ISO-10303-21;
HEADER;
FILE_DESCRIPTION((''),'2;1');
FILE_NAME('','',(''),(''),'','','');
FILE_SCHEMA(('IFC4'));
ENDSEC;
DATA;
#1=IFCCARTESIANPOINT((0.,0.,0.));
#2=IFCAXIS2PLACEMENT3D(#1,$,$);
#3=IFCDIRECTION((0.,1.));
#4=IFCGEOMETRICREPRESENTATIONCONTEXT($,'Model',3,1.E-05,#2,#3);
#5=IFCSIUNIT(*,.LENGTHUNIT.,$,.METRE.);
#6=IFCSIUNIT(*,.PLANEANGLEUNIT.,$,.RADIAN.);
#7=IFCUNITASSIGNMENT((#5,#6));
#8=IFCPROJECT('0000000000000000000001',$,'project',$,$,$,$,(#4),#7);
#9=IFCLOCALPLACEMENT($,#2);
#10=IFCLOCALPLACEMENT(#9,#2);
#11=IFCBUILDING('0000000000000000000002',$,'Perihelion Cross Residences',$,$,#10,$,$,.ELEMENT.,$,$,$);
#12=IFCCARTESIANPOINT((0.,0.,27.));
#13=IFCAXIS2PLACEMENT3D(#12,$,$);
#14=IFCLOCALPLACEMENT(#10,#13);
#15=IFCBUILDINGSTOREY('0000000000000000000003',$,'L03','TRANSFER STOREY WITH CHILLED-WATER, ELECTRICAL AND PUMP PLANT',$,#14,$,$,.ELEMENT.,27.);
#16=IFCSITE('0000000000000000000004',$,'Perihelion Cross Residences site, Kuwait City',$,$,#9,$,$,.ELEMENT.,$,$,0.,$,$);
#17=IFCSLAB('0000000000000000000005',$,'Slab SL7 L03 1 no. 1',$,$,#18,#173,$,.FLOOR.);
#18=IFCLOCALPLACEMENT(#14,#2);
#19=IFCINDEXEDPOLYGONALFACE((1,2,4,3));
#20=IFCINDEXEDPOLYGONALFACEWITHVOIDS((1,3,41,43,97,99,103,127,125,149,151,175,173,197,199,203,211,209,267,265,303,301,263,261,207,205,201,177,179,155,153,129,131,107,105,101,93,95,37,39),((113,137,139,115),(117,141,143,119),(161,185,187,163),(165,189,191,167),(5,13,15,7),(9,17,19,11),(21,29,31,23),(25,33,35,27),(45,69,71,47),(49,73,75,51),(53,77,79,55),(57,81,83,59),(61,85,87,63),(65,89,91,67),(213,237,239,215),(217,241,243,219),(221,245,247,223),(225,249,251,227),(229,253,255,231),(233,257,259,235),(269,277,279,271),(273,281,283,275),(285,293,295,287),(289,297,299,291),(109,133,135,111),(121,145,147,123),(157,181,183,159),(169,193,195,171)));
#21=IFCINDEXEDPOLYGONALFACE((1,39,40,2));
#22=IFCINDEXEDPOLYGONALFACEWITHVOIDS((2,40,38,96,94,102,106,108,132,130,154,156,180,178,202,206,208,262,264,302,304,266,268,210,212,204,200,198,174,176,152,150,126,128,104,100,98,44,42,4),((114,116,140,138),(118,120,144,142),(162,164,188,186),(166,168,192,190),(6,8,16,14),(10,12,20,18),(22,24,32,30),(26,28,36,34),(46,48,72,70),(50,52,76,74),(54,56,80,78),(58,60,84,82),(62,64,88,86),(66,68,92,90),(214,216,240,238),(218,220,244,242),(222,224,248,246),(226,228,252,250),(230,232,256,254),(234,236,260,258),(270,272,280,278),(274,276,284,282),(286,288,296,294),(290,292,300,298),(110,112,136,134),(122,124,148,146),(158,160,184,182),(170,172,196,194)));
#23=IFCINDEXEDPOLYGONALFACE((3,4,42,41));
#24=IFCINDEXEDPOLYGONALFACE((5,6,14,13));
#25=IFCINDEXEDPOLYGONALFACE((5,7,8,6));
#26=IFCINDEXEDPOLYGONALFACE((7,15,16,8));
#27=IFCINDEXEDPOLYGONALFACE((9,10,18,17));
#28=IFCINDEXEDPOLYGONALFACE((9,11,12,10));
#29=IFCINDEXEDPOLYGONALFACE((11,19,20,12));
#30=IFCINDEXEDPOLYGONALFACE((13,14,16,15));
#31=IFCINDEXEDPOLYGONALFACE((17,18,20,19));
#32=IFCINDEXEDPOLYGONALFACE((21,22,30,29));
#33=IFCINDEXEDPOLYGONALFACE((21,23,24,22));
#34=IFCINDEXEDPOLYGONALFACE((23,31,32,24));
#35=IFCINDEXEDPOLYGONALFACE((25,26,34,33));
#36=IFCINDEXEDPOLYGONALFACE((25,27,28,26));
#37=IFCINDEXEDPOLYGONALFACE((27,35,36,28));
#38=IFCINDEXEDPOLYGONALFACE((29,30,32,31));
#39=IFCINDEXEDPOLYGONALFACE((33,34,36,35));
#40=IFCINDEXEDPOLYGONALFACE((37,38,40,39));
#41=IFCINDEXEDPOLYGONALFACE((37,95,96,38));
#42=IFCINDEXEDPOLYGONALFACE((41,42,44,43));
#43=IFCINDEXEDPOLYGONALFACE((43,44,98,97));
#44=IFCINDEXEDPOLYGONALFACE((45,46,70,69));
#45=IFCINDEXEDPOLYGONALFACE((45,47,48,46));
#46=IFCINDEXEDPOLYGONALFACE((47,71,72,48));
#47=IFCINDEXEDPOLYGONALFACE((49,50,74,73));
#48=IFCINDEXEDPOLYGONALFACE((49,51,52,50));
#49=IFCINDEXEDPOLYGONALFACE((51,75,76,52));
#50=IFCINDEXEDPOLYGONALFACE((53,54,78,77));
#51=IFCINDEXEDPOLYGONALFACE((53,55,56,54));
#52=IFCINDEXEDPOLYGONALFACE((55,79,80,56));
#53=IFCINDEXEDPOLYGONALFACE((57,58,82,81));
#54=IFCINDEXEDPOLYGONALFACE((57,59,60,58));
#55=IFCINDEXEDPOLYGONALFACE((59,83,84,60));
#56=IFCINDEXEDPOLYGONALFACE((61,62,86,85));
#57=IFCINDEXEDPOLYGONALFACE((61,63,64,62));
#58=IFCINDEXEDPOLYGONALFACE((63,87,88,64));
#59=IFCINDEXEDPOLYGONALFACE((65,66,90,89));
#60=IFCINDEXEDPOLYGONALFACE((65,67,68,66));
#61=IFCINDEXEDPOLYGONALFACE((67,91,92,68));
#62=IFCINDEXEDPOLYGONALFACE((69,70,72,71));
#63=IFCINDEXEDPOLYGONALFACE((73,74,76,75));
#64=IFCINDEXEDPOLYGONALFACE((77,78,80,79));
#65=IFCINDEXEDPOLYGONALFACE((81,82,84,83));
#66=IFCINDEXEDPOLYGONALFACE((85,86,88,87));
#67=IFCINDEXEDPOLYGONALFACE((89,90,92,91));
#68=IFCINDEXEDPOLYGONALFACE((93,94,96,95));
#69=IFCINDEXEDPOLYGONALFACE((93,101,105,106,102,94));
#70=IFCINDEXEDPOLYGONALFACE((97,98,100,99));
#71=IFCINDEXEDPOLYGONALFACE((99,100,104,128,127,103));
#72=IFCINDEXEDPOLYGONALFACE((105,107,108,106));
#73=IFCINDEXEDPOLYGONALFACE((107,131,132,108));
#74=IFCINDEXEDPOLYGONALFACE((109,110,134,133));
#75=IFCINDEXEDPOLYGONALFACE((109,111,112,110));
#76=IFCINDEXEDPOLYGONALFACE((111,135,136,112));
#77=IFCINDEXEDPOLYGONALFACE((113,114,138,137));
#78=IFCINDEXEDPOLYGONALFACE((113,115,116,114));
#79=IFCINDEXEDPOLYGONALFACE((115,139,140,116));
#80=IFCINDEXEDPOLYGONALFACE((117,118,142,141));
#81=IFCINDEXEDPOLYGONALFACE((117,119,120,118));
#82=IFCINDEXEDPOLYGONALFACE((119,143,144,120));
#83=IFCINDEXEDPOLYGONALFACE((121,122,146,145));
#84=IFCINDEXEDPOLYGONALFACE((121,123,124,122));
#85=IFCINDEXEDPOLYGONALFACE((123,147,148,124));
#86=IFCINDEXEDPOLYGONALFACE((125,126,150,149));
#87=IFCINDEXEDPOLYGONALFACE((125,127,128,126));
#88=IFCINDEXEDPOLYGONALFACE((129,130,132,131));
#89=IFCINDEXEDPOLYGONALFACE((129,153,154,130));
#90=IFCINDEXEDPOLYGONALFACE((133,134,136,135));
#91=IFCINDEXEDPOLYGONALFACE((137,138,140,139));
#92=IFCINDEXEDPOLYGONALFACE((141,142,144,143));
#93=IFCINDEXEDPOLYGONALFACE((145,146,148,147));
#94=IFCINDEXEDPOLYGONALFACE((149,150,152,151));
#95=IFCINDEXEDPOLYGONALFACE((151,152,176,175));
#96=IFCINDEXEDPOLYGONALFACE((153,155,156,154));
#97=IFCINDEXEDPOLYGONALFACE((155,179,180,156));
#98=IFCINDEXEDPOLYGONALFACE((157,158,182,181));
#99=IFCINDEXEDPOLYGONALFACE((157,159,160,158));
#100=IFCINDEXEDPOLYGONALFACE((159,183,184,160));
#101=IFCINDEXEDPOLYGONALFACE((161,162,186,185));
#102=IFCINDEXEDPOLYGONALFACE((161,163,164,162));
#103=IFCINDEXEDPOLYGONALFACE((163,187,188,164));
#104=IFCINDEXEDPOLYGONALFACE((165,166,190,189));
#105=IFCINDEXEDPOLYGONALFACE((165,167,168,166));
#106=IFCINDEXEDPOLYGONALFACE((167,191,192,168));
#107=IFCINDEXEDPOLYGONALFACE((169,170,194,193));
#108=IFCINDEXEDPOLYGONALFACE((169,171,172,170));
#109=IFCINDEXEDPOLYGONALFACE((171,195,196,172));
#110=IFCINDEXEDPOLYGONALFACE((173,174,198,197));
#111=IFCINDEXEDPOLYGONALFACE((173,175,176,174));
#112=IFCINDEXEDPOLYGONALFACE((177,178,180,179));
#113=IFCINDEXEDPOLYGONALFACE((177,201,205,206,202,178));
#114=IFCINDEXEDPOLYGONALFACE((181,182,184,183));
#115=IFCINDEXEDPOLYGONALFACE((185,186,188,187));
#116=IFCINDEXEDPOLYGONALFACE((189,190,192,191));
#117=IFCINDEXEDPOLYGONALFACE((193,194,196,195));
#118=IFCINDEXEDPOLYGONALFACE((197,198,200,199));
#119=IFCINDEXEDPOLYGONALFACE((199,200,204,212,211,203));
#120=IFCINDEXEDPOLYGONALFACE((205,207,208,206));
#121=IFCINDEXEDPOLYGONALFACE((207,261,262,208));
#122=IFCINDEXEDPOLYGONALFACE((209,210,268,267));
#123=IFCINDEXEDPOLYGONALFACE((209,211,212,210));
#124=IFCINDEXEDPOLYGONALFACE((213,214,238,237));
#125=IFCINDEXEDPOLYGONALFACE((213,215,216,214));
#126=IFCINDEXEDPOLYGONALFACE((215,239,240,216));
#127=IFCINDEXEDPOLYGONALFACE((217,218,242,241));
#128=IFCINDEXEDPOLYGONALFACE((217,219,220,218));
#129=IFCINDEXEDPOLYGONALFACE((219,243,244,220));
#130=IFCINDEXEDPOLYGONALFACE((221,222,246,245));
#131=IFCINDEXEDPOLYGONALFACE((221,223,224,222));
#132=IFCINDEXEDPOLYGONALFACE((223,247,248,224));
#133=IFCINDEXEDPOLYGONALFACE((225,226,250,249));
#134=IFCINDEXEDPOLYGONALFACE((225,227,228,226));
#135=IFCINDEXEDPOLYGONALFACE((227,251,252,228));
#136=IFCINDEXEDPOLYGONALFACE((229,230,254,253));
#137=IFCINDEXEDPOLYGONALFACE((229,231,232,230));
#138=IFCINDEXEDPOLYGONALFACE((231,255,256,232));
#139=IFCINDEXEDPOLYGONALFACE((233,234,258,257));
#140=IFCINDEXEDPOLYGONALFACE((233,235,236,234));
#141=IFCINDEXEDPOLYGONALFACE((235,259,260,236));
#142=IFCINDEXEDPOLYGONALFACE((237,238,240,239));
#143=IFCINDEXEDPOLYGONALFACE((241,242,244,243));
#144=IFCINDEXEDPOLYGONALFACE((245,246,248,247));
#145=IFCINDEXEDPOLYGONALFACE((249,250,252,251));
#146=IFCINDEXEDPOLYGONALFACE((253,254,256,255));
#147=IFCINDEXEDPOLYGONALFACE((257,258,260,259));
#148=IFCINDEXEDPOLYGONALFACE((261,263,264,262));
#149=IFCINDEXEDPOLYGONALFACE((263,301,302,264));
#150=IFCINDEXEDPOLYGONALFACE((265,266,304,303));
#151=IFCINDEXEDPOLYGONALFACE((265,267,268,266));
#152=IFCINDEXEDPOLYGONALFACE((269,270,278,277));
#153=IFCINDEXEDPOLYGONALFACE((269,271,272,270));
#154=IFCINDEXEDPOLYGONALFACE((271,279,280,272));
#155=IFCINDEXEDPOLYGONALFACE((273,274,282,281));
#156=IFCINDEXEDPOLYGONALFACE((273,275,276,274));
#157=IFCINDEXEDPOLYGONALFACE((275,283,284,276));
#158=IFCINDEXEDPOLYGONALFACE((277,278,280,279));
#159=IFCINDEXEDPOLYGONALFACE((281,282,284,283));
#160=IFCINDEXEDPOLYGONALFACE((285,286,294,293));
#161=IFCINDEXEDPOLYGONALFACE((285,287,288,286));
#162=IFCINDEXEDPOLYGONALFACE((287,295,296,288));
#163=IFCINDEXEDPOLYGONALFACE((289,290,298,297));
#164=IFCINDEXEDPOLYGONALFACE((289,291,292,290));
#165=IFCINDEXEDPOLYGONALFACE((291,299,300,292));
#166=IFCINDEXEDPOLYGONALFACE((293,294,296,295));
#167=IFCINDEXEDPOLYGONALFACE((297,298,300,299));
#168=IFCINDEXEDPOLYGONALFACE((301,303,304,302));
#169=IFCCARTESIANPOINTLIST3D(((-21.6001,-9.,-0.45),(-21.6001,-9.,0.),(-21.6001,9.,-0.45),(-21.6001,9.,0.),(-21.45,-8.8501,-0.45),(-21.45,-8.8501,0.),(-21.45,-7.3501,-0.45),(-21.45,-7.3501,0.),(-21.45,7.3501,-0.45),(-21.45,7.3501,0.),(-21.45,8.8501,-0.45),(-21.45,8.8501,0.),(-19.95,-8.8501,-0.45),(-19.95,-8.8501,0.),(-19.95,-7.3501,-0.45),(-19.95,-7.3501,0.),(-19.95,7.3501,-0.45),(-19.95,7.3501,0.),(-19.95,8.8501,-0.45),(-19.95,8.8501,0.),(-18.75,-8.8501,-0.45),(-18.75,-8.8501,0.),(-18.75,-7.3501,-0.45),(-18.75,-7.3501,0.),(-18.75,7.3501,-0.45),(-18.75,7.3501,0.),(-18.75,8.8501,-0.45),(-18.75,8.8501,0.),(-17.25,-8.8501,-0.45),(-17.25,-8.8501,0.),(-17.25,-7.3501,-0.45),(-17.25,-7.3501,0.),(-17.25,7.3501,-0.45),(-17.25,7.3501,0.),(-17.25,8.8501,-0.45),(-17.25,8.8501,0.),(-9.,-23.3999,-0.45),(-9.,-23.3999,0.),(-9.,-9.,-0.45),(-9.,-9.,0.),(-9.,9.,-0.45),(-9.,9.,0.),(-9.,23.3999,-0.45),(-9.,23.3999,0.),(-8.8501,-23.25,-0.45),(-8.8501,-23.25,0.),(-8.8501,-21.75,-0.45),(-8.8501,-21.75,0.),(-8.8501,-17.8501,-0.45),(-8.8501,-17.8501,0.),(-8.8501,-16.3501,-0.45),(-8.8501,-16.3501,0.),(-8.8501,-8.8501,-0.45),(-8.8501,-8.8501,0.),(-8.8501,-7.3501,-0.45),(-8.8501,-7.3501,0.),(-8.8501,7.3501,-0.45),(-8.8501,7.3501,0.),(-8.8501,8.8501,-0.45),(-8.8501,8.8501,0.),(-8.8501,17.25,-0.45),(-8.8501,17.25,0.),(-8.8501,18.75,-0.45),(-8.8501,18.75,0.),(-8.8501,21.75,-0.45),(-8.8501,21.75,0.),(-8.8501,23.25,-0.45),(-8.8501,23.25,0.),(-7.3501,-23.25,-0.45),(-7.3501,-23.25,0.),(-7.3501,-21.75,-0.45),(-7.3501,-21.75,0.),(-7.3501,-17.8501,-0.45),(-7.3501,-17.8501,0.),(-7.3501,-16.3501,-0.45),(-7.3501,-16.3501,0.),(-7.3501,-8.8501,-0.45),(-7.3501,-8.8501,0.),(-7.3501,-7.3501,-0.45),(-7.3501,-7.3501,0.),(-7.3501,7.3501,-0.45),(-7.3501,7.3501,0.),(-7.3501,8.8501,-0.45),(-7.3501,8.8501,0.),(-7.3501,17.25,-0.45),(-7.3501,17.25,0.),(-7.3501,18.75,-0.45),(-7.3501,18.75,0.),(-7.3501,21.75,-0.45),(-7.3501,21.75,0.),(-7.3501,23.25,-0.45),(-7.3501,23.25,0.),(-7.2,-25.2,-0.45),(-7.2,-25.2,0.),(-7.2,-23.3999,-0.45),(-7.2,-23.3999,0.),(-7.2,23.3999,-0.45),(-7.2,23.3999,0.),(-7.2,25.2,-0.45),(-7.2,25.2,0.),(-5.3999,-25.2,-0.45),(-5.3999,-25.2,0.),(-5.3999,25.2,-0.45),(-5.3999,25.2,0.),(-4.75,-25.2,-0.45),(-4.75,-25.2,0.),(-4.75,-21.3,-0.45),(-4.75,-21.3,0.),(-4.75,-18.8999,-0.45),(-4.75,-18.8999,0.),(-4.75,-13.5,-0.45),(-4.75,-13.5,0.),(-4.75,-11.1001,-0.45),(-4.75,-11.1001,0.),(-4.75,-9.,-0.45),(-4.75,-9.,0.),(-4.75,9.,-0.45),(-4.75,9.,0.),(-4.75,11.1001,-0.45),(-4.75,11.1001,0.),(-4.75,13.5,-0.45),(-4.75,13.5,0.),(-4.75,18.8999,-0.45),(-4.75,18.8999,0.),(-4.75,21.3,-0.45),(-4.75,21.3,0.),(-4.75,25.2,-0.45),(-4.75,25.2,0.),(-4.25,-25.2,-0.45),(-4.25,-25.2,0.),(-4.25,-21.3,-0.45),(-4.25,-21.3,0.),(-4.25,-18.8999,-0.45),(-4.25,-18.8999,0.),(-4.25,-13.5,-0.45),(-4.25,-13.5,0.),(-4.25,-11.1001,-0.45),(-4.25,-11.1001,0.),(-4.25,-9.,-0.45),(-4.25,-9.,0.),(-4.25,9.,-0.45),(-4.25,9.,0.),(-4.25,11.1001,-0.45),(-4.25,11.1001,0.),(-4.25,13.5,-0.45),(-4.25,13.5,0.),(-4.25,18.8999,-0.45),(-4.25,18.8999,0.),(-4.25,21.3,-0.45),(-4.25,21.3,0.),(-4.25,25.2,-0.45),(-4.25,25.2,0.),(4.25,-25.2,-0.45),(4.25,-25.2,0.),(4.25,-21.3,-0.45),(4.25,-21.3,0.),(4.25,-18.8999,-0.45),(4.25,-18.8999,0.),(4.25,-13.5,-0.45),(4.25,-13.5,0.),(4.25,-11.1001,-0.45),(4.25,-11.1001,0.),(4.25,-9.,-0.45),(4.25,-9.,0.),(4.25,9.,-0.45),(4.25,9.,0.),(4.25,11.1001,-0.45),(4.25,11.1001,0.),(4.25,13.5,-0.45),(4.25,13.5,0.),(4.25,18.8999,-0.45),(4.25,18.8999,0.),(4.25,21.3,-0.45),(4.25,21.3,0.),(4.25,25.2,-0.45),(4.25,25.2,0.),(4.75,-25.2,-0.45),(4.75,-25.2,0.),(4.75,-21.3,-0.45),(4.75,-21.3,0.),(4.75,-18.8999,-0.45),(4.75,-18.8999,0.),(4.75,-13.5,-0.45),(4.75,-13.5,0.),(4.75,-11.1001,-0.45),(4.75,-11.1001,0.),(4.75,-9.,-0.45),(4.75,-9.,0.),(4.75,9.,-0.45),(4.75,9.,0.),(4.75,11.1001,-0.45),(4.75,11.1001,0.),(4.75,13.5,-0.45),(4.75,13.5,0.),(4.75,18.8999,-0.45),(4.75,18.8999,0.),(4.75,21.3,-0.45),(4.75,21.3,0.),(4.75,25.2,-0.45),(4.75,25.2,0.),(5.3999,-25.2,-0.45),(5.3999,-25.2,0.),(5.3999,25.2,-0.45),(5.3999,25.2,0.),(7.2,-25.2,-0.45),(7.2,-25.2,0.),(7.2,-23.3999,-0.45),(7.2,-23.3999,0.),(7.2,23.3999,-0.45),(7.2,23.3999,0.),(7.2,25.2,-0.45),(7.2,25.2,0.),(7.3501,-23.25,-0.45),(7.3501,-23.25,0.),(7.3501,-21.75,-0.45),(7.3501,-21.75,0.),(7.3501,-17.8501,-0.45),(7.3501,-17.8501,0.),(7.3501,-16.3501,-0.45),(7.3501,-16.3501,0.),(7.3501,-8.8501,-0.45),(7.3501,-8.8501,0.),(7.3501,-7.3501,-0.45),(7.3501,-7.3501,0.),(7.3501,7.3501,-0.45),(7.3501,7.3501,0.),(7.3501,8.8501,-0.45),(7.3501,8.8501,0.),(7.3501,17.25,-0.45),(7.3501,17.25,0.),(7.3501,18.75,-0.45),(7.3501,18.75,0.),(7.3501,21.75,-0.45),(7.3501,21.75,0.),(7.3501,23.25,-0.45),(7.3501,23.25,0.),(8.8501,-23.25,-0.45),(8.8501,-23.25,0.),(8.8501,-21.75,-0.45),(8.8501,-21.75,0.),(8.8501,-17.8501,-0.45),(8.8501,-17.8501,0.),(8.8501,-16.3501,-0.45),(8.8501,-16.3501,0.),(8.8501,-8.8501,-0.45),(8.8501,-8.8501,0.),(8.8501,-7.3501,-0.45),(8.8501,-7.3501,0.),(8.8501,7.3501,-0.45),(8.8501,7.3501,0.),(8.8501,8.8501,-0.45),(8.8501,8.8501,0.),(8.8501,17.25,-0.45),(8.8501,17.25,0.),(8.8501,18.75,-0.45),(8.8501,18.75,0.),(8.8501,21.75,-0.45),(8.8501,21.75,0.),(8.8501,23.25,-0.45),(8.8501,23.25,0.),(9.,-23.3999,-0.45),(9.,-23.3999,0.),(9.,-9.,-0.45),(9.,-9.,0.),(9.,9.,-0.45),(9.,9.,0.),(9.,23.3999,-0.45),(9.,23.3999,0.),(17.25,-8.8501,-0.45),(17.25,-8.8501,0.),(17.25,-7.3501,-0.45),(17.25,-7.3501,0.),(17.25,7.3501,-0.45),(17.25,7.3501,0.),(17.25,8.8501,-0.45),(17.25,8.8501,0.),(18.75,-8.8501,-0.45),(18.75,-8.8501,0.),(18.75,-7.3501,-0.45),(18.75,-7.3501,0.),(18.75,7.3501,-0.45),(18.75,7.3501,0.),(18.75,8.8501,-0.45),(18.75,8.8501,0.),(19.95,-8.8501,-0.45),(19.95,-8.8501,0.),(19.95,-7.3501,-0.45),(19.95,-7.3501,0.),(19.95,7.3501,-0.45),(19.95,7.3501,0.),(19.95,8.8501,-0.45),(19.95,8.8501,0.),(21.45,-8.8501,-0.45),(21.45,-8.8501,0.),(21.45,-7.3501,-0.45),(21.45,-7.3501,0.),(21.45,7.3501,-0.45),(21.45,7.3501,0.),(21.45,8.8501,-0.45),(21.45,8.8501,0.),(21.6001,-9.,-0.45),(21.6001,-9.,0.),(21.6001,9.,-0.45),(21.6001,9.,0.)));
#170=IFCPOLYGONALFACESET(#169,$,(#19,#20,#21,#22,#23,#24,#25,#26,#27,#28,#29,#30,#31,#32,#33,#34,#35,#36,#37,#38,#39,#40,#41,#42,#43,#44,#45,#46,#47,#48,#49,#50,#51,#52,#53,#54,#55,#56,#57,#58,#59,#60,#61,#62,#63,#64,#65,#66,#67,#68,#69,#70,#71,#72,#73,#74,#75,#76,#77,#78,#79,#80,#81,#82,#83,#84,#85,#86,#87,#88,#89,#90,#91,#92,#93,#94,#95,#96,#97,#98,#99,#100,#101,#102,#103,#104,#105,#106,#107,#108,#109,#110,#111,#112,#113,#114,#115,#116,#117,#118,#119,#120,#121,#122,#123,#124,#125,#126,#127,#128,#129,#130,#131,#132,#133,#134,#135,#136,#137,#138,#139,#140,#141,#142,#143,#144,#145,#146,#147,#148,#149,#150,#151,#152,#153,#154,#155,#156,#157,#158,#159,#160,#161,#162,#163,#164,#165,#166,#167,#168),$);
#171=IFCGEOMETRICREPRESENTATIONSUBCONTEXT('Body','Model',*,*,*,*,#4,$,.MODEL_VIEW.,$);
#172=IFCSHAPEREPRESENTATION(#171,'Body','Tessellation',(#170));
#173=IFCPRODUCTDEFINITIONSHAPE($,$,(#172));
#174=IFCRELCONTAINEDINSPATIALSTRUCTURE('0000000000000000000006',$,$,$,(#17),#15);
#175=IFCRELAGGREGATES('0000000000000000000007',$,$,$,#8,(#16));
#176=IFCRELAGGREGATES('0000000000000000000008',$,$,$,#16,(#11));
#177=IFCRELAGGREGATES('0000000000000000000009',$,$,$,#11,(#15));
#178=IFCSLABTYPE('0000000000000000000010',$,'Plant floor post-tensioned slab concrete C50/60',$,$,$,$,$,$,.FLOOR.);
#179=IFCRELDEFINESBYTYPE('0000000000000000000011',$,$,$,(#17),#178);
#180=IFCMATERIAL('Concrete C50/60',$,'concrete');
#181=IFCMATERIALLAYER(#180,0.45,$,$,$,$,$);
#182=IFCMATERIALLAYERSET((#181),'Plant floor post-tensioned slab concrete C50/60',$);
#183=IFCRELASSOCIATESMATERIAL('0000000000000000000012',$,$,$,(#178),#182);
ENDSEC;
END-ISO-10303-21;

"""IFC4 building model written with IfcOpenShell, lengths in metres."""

from ifc_helpers import new_model, si_unit, direction, frame, origin, place, context, subcontext, project, spatial, polyline, outline, extrude, material, layer, layer_set, type_object, element, save


model = new_model("IFC4")

# Units and contexts
model_context = context("Model", 3, precision=1e-05, world=origin(), true_north=direction((0.0, 1.0)))
body_context = subcontext(model_context, "Body", "Model", "MODEL_VIEW")
ifc_project = project(units=[si_unit("LENGTHUNIT", "METRE"), si_unit("PLANEANGLEUNIT", "RADIAN")], contexts=[model_context])

# Site, building, storey
site_placement = place(None, origin())
site = spatial("IfcSite", under=ifc_project, at=site_placement, Name="Perihelion Cross Residences site, Kuwait City", CompositionType="ELEMENT", RefElevation=0.0)
building_placement = place(site_placement, origin())
building = spatial("IfcBuilding", under=site, at=building_placement, Name="Perihelion Cross Residences", CompositionType="ELEMENT")
storey_placement = place(building_placement, frame((0.0, 0.0, 27.0)))
storey = spatial("IfcBuildingStorey", under=building, at=storey_placement, Name="L03", Description="TRANSFER STOREY WITH CHILLED-WATER, ELECTRICAL AND PUMP PLANT", CompositionType="ELEMENT", Elevation=27.0)

# Slab
ifc_material_1 = material(Name="Concrete C50/60", Category="concrete")
ifc_layer_1 = layer(ifc_material_1, 0.45)
ifc_layer_set_1 = layer_set([ifc_layer_1], Name="Plant floor post-tensioned slab concrete C50/60")
slab_type_1 = type_object("IfcSlabType", Name="Plant floor post-tensioned slab concrete C50/60", PredefinedType="FLOOR", material=ifc_layer_set_1)
slab_1_placement = place(storey_placement, frame((0.0, 0.0, -0.45)))
element("IfcSlab", 1, at=slab_1_placement, inside=storey, type_object=slab_type_1, Name="Slab SL7 L03 1 no. 1", PredefinedType="FLOOR", context=body_context, shape_type="SweptSolid", body=[
    extrude(outline(polyline([(7.2, 23.3999), (9.0, 23.3999), (9.0, 9.0), (21.6001, 9.0), (21.6001, -9.0), (9.0, -9.0), (9.0, -23.3999), (7.2, -23.3999), (7.2, -25.2), (5.3999, -25.2), (4.75, -25.2), (4.75, -21.3), (4.25, -21.3), (4.25, -25.2), (-4.25, -25.2), (-4.25, -21.3), (-4.75, -21.3), (-4.75, -25.2), (-5.3999, -25.2), (-7.2, -25.2), (-7.2, -23.3999), (-9.0, -23.3999), (-9.0, -9.0), (-21.6001, -9.0), (-21.6001, 9.0), (-9.0, 9.0), (-9.0, 23.3999), (-7.2, 23.3999), (-7.2, 25.2), (-5.3999, 25.2), (-4.75, 25.2), (-4.75, 21.3), (-4.25, 21.3), (-4.25, 25.2), (4.25, 25.2), (4.25, 21.3), (4.75, 21.3), (4.75, 25.2), (5.3999, 25.2), (7.2, 25.2), (7.2, 23.3999)]), holes=[polyline([(-7.3501, -23.25), (-7.3501, -21.75), (-8.8501, -21.75), (-8.8501, -23.25), (-7.3501, -23.25)]), polyline([(-8.8501, -17.8501), (-7.3501, -17.8501), (-7.3501, -16.3501), (-8.8501, -16.3501), (-8.8501, -17.8501)]), polyline([(-21.45, -8.8501), (-19.95, -8.8501), (-19.95, -7.3501), (-21.45, -7.3501), (-21.45, -8.8501)]), polyline([(-17.25, -8.8501), (-17.25, -7.3501), (-18.75, -7.3501), (-18.75, -8.8501), (-17.25, -8.8501)]), polyline([(-7.3501, -8.8501), (-7.3501, -7.3501), (-8.8501, -7.3501), (-8.8501, -8.8501), (-7.3501, -8.8501)]), polyline([(-21.45, 7.3501), (-19.95, 7.3501), (-19.95, 8.8501), (-21.45, 8.8501), (-21.45, 7.3501)]), polyline([(-18.75, 7.3501), (-17.25, 7.3501), (-17.25, 8.8501), (-18.75, 8.8501), (-18.75, 7.3501)]), polyline([(-7.3501, 7.3501), (-7.3501, 8.8501), (-8.8501, 8.8501), (-8.8501, 7.3501), (-7.3501, 7.3501)]), polyline([(-7.3501, 17.25), (-7.3501, 18.75), (-8.8501, 18.75), (-8.8501, 17.25), (-7.3501, 17.25)]), polyline([(-7.3501, 21.75), (-7.3501, 23.25), (-8.8501, 23.25), (-8.8501, 21.75), (-7.3501, 21.75)]), polyline([(-4.25, -18.8999), (-4.25, -13.5), (-4.75, -13.5), (-4.75, -18.8999), (-4.25, -18.8999)]), polyline([(4.25, -18.8999), (4.75, -18.8999), (4.75, -13.5), (4.25, -13.5), (4.25, -18.8999)]), polyline([(-4.75, -11.1001), (-4.25, -11.1001), (-4.25, -9.0), (-4.75, -9.0), (-4.75, -11.1001)]), polyline([(-4.25, 9.0), (-4.25, 11.1001), (-4.75, 11.1001), (-4.75, 9.0), (-4.25, 9.0)]), polyline([(4.75, 9.0), (4.75, 11.1001), (4.25, 11.1001), (4.25, 9.0), (4.75, 9.0)]), polyline([(-4.25, 13.5), (-4.25, 18.8999), (-4.75, 18.8999), (-4.75, 13.5), (-4.25, 13.5)]), polyline([(8.8501, -23.25), (8.8501, -21.75), (7.3501, -21.75), (7.3501, -23.25), (8.8501, -23.25)]), polyline([(7.3501, -17.8501), (8.8501, -17.8501), (8.8501, -16.3501), (7.3501, -16.3501), (7.3501, -17.8501)]), polyline([(4.25, -11.1001), (4.75, -11.1001), (4.75, -9.0), (4.25, -9.0), (4.25, -11.1001)]), polyline([(8.8501, -8.8501), (8.8501, -7.3501), (7.3501, -7.3501), (7.3501, -8.8501), (8.8501, -8.8501)]), polyline([(18.75, -8.8501), (18.75, -7.3501), (17.25, -7.3501), (17.25, -8.8501), (18.75, -8.8501)]), polyline([(21.45, -8.8501), (21.45, -7.3501), (19.95, -7.3501), (19.95, -8.8501), (21.45, -8.8501)]), polyline([(7.3501, 7.3501), (8.8501, 7.3501), (8.8501, 8.8501), (7.3501, 8.8501), (7.3501, 7.3501)]), polyline([(18.75, 7.3501), (18.75, 8.8501), (17.25, 8.8501), (17.25, 7.3501), (18.75, 7.3501)]), polyline([(19.95, 7.3501), (21.45, 7.3501), (21.45, 8.8501), (19.95, 8.8501), (19.95, 7.3501)]), polyline([(4.25, 13.5), (4.75, 13.5), (4.75, 18.8999), (4.25, 18.8999), (4.25, 13.5)]), polyline([(8.8501, 17.25), (8.8501, 18.75), (7.3501, 18.75), (7.3501, 17.25), (8.8501, 17.25)]), polyline([(7.3501, 21.75), (8.8501, 21.75), (8.8501, 23.25), (7.3501, 23.25), (7.3501, 21.75)])]), origin(), (0.0, 0.0, 1.0), 0.45),
])

save(model, "model.ifc")
